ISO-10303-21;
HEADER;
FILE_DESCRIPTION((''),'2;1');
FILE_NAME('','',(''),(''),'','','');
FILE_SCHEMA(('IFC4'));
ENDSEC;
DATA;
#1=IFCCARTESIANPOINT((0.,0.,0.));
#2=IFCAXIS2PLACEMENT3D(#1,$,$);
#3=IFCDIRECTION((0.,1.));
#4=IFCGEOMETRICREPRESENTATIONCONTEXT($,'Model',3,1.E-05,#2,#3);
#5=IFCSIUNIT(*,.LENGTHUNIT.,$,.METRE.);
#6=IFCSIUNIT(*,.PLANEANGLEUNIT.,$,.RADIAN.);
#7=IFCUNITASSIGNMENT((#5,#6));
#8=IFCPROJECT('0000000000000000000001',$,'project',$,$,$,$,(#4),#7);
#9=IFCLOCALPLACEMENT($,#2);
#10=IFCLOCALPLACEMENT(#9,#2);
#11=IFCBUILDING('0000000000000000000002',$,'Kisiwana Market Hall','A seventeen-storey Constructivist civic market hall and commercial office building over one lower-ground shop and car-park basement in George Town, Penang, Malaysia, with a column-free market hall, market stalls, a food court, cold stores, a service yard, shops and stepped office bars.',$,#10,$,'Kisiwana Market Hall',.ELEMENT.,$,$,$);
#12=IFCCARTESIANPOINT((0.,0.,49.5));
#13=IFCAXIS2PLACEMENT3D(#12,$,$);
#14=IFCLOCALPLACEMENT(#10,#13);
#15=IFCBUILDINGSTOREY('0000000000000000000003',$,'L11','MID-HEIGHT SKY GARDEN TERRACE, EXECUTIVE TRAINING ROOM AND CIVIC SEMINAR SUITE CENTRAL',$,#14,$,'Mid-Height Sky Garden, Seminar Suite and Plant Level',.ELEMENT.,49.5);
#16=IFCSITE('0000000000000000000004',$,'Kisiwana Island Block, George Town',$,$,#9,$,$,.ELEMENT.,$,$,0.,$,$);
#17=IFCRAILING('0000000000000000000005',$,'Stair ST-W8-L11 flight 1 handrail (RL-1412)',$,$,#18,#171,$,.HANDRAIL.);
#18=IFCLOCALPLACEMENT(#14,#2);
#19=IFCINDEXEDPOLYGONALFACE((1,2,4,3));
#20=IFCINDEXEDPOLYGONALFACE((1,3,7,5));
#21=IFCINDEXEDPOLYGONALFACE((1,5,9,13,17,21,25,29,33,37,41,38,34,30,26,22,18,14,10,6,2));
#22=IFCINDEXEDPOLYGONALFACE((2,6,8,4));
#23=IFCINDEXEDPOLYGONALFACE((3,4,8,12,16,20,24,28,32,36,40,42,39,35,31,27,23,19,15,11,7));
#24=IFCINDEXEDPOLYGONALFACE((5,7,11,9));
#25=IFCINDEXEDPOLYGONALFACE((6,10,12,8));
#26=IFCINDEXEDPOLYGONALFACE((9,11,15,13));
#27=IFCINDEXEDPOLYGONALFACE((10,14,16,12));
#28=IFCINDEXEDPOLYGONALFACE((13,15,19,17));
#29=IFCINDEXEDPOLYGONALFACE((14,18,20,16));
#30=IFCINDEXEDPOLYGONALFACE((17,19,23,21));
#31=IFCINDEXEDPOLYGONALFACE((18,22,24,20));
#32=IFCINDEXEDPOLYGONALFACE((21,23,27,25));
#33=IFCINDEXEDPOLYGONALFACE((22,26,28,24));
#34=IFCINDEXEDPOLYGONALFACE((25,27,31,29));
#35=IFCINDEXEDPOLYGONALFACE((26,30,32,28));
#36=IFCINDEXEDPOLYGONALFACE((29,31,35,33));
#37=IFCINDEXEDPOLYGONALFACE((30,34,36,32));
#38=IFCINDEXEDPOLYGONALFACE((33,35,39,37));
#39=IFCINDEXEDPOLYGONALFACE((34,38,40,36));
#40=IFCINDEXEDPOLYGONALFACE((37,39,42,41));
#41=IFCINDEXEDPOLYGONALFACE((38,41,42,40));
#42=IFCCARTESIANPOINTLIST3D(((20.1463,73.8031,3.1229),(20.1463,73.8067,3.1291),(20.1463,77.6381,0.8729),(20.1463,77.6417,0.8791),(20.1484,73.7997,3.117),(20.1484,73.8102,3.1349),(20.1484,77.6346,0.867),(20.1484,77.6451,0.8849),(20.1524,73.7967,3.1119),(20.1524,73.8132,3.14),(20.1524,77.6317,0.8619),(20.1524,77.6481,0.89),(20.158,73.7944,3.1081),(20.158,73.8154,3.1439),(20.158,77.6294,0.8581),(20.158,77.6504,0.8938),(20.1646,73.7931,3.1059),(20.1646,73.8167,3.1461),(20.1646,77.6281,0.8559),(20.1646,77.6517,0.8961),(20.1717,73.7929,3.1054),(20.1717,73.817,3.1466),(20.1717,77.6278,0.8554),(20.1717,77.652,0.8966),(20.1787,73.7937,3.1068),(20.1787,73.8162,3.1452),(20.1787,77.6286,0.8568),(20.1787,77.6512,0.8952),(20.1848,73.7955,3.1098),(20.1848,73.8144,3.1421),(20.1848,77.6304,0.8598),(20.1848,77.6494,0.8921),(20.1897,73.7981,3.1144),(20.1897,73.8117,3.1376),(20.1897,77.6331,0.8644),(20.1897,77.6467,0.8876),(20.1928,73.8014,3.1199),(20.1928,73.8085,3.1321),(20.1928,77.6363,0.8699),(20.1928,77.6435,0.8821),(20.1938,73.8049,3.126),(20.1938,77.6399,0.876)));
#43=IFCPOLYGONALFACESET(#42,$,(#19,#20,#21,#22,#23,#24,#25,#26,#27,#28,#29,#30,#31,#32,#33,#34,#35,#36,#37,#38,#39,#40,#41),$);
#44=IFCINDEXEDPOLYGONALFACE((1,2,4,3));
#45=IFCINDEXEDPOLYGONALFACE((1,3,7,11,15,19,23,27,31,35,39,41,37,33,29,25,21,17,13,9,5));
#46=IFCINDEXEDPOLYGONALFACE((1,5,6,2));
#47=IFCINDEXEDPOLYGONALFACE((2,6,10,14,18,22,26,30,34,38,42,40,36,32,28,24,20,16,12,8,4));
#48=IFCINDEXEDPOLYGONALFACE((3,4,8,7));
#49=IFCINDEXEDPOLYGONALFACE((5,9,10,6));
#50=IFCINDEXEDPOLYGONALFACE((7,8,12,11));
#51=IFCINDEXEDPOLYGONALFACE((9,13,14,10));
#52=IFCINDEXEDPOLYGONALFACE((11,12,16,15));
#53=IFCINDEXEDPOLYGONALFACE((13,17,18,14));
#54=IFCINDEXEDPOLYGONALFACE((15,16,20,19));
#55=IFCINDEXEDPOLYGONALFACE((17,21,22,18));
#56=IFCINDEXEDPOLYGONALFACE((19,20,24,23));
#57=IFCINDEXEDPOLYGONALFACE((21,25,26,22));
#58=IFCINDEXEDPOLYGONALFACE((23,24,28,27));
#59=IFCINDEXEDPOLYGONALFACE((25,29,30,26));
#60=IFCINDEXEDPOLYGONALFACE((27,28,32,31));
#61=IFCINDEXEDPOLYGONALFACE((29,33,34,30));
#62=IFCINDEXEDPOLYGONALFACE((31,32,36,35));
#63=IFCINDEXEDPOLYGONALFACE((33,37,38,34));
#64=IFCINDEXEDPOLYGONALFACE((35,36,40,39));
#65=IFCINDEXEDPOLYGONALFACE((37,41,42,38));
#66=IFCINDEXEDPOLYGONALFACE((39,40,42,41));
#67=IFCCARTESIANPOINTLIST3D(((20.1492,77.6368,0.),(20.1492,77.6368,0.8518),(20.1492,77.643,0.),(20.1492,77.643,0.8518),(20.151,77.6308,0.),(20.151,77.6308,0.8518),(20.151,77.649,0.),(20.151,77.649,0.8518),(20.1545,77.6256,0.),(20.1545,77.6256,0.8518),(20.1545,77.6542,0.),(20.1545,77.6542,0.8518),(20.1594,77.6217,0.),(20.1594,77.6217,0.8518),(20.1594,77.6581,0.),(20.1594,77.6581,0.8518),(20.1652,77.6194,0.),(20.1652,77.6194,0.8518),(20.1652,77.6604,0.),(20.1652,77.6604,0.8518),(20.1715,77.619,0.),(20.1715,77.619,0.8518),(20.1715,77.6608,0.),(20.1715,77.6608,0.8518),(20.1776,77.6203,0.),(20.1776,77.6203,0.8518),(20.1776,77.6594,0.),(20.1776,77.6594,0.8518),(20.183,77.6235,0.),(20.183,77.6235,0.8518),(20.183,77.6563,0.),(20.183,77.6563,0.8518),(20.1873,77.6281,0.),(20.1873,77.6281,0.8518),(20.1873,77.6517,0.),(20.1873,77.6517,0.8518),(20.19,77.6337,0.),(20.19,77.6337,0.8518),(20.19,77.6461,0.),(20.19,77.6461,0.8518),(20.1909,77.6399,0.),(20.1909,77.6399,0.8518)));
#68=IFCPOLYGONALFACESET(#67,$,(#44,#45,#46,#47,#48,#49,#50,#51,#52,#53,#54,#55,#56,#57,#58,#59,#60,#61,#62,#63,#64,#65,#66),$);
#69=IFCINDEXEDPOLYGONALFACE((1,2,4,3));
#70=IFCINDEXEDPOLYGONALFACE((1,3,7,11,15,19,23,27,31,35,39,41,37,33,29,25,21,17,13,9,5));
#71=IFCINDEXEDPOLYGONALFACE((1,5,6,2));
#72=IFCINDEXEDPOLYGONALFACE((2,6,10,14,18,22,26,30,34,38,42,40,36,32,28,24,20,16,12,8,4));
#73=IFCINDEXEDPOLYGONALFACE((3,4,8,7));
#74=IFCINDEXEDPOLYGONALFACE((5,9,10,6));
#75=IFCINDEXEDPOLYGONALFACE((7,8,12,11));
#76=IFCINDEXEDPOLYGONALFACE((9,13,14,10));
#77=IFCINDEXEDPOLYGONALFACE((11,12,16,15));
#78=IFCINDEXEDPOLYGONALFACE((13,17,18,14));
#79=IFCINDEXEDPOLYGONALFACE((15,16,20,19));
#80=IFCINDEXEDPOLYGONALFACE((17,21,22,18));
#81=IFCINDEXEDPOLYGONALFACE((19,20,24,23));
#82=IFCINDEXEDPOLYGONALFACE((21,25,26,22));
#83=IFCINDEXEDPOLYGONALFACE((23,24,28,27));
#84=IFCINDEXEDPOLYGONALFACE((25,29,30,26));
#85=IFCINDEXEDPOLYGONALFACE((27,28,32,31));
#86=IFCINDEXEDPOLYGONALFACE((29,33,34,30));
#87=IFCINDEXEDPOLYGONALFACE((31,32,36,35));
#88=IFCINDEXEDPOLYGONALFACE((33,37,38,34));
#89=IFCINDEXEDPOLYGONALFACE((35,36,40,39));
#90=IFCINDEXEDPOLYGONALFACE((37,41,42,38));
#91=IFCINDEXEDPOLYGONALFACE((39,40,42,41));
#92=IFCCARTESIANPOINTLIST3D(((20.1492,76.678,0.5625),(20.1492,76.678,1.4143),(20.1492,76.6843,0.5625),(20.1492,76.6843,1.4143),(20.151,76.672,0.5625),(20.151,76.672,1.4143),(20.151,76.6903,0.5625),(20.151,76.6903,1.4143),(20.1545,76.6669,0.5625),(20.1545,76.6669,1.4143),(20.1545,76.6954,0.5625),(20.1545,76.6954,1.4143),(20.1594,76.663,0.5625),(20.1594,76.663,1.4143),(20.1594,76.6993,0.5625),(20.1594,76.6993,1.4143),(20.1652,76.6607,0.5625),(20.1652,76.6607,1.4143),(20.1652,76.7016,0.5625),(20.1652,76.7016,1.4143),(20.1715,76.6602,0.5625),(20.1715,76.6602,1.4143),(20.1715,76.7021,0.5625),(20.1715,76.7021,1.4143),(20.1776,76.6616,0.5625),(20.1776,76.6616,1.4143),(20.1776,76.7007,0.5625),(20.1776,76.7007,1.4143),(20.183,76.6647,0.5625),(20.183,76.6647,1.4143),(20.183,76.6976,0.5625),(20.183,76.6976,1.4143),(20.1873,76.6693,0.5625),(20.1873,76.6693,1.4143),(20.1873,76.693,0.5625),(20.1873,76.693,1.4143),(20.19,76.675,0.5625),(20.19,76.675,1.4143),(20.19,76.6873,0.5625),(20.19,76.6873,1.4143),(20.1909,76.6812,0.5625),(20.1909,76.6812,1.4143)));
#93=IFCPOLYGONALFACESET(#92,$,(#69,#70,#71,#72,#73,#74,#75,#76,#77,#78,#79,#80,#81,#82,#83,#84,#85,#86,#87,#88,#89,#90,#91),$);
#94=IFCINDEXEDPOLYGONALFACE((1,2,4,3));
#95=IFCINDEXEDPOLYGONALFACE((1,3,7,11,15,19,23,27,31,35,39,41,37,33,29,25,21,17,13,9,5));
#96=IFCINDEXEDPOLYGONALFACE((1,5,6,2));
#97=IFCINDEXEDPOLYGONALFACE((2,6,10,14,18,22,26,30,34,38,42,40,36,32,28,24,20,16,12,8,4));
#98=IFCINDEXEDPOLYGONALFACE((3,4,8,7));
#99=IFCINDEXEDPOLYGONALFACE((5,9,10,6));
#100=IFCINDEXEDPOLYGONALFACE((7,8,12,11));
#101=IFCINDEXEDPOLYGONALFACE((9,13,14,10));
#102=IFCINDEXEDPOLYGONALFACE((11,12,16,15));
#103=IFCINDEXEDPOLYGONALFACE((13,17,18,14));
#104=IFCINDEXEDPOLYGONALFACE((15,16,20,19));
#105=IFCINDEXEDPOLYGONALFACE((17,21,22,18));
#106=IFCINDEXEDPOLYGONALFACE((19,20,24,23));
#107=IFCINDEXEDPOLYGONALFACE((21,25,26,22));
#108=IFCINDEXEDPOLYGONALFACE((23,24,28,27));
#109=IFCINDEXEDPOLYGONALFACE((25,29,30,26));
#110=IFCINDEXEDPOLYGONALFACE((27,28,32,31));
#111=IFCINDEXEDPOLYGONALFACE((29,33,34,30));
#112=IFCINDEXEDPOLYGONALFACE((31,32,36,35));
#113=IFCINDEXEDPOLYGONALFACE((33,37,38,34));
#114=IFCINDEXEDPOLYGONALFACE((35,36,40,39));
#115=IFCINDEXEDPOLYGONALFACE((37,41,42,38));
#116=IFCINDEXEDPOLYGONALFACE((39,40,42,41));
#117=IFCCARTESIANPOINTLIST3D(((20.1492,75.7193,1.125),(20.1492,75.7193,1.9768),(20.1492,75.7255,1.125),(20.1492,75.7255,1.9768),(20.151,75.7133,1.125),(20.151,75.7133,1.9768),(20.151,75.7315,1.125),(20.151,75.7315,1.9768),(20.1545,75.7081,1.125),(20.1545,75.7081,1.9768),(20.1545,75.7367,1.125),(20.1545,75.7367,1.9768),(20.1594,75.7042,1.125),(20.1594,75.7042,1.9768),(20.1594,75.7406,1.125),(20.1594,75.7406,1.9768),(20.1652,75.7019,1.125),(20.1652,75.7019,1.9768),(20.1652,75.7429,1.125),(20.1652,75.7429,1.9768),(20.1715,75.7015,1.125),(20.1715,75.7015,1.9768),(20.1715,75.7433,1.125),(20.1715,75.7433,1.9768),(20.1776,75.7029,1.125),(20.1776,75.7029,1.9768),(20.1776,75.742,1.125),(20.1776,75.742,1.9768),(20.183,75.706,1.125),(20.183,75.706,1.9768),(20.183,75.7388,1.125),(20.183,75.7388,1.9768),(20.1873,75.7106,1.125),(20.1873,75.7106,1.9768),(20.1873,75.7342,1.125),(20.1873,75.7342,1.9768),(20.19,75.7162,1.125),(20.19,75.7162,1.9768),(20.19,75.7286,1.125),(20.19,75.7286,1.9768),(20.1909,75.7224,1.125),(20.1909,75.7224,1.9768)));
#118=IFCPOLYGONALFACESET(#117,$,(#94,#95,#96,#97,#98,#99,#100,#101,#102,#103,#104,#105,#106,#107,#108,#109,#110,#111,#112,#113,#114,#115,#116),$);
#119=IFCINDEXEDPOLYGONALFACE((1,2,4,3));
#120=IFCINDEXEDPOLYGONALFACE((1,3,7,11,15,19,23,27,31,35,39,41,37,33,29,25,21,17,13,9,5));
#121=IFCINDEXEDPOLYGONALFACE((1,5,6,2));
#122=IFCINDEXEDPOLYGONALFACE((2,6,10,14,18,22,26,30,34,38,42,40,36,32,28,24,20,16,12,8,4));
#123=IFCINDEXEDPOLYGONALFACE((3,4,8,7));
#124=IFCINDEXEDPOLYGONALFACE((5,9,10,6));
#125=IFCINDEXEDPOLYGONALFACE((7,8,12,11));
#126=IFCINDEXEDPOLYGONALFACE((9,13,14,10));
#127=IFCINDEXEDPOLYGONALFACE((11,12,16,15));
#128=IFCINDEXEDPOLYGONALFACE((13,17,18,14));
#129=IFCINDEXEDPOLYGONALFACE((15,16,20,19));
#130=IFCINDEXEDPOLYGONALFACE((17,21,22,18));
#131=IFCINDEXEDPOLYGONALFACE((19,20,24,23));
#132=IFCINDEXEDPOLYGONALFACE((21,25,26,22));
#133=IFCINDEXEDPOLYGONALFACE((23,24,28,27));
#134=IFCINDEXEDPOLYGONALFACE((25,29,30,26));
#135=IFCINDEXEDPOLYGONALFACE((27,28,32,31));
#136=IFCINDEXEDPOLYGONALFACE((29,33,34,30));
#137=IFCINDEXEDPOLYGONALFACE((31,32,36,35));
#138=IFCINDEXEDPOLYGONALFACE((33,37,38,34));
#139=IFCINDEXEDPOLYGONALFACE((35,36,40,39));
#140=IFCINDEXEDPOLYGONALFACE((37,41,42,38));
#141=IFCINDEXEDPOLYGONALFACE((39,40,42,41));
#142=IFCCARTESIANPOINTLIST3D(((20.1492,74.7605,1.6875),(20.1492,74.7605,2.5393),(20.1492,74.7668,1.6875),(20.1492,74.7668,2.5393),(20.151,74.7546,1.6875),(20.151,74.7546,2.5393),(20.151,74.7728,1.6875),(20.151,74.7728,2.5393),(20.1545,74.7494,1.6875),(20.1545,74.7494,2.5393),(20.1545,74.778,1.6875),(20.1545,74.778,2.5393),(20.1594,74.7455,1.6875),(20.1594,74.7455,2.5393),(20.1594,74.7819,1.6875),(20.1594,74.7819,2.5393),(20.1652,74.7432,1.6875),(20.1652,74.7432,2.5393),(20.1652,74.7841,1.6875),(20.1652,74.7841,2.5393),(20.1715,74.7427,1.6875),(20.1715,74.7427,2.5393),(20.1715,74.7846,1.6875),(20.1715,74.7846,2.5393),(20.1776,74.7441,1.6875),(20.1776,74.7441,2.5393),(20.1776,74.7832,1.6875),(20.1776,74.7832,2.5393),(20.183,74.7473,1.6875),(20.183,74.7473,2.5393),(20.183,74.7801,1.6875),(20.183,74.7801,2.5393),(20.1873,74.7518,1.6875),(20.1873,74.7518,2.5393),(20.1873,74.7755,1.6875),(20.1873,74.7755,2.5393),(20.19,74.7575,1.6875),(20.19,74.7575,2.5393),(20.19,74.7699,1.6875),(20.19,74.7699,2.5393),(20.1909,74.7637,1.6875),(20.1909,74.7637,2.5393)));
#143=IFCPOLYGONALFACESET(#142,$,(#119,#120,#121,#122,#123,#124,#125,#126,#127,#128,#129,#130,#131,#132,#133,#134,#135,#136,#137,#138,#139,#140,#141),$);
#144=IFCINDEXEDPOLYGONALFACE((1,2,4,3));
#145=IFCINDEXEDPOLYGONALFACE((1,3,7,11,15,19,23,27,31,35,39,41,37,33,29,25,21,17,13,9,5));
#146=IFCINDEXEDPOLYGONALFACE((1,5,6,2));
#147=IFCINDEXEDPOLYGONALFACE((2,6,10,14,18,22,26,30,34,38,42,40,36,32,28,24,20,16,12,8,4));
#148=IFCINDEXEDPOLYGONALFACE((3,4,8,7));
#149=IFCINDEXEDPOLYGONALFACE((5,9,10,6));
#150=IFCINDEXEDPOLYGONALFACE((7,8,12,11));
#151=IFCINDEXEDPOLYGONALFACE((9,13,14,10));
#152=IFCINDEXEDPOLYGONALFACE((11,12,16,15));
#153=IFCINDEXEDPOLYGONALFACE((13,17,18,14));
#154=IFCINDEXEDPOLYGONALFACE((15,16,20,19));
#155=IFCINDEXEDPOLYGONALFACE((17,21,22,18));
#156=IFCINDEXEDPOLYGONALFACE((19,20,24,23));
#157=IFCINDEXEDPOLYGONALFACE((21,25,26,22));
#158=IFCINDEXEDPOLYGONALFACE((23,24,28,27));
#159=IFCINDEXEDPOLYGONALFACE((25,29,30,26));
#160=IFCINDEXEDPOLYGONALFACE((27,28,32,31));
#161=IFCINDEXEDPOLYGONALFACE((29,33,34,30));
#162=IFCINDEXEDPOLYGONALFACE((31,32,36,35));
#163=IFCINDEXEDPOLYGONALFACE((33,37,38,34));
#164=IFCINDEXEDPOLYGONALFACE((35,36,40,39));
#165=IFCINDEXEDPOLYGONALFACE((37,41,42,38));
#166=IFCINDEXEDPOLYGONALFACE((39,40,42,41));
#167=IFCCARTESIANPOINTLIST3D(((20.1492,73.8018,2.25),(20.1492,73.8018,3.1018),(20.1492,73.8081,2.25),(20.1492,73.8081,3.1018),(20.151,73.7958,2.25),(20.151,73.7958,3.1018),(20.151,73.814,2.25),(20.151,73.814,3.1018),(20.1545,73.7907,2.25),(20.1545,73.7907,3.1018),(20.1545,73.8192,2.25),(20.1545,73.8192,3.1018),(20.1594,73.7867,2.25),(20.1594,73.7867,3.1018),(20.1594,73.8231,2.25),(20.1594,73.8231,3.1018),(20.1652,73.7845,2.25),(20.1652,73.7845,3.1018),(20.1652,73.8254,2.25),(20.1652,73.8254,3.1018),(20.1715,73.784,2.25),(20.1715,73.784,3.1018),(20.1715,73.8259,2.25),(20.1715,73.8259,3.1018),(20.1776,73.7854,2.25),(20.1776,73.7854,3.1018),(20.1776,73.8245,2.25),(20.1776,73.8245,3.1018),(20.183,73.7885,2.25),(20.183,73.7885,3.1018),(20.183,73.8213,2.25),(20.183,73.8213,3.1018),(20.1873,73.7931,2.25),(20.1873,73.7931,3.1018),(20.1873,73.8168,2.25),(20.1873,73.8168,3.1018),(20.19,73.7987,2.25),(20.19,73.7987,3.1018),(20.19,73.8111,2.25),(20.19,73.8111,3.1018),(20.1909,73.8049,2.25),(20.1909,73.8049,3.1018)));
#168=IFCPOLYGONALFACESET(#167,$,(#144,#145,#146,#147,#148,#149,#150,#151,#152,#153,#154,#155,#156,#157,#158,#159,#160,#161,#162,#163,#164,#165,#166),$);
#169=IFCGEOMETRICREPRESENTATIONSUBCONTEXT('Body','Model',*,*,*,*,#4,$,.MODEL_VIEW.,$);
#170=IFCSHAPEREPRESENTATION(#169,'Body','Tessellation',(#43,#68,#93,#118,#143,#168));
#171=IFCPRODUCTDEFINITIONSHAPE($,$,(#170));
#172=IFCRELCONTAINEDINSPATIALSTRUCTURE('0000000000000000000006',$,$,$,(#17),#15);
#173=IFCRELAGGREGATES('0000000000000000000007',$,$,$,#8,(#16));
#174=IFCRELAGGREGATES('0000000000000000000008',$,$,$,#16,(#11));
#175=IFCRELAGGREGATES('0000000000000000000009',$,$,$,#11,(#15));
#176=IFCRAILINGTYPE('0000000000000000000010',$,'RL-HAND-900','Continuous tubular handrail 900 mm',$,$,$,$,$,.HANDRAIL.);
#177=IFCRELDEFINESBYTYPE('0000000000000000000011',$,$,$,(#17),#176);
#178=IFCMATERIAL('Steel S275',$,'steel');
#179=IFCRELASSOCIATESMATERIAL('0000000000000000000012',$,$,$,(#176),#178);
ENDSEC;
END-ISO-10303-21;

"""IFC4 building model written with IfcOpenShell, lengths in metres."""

from ifc_helpers import new_model, si_unit, direction, frame, origin, origin_2d, place, context, subcontext, project, spatial, circle, extrude, material, type_object, element, save


model = new_model("IFC4")

# Units and contexts
model_context = context("Model", 3, precision=1e-05, world=origin(), true_north=direction((0.0, 1.0)))
body_context = subcontext(model_context, "Body", "Model", "MODEL_VIEW")
ifc_project = project(units=[si_unit("LENGTHUNIT", "METRE"), si_unit("PLANEANGLEUNIT", "RADIAN")], contexts=[model_context])

# Site, building, storey
site_placement = place(None, origin())
site = spatial("IfcSite", under=ifc_project, at=site_placement, Name="Kisiwana Island Block, George Town", CompositionType="ELEMENT", RefElevation=0.0)
building_placement = place(site_placement, origin())
building = spatial("IfcBuilding", under=site, at=building_placement, Name="Kisiwana Market Hall", Description="A seventeen-storey Constructivist civic market hall and commercial office building over one lower-ground shop and car-park basement in George Town, Penang, Malaysia, with a column-free market hall, market stalls, a food court, cold stores, a service yard, shops and stepped office bars.", LongName="Kisiwana Market Hall", CompositionType="ELEMENT")
storey_placement = place(building_placement, frame((0.0, 0.0, 49.5)))
storey = spatial("IfcBuildingStorey", under=building, at=storey_placement, Name="L11", Description="MID-HEIGHT SKY GARDEN TERRACE, EXECUTIVE TRAINING ROOM AND CIVIC SEMINAR SUITE CENTRAL", LongName="Mid-Height Sky Garden, Seminar Suite and Plant Level", CompositionType="ELEMENT", Elevation=49.5)

# Railing
ifc_material_1 = material(Name="Steel S275", Category="steel")
railing_type_1 = type_object("IfcRailingType", Name="RL-HAND-900", Description="Continuous tubular handrail 900 mm", PredefinedType="HANDRAIL", material=ifc_material_1)
railing_1_placement = place(storey_placement, frame((20.1699, 77.6399, 0.0)))
element("IfcRailing", 1, at=railing_1_placement, inside=storey, type_object=railing_type_1, Name="Stair ST-W8-L11 flight 1 handrail (RL-1412)", PredefinedType="HANDRAIL", context=body_context, shape_type="SweptSolid", body=[
    extrude(circle(Radius=0.0239, at=origin_2d()), frame((0.0, 0.0, 0.876), z_axis=(0.0, -0.86251, 0.506041), x_axis=(1.0, 0.0, 0.0)), (0.0, 0.0, 1.0), 4.4463),
    extrude(circle(Radius=0.021, at=origin_2d()), origin(), (0.0, 0.0, 1.0), 0.8518),
    extrude(circle(Radius=0.021, at=origin_2d()), frame((0.0, -0.9587, 0.5625)), (0.0, 0.0, 1.0), 0.8518),
    extrude(circle(Radius=0.021, at=origin_2d()), frame((0.0, -1.9175, 1.125)), (0.0, 0.0, 1.0), 0.8518),
    extrude(circle(Radius=0.021, at=origin_2d()), frame((0.0, -2.8762, 1.6875)), (0.0, 0.0, 1.0), 0.8518),
    extrude(circle(Radius=0.021, at=origin_2d()), frame((0.0, -3.835, 2.25)), (0.0, 0.0, 1.0), 0.8518),
])

save(model, "model.ifc")
